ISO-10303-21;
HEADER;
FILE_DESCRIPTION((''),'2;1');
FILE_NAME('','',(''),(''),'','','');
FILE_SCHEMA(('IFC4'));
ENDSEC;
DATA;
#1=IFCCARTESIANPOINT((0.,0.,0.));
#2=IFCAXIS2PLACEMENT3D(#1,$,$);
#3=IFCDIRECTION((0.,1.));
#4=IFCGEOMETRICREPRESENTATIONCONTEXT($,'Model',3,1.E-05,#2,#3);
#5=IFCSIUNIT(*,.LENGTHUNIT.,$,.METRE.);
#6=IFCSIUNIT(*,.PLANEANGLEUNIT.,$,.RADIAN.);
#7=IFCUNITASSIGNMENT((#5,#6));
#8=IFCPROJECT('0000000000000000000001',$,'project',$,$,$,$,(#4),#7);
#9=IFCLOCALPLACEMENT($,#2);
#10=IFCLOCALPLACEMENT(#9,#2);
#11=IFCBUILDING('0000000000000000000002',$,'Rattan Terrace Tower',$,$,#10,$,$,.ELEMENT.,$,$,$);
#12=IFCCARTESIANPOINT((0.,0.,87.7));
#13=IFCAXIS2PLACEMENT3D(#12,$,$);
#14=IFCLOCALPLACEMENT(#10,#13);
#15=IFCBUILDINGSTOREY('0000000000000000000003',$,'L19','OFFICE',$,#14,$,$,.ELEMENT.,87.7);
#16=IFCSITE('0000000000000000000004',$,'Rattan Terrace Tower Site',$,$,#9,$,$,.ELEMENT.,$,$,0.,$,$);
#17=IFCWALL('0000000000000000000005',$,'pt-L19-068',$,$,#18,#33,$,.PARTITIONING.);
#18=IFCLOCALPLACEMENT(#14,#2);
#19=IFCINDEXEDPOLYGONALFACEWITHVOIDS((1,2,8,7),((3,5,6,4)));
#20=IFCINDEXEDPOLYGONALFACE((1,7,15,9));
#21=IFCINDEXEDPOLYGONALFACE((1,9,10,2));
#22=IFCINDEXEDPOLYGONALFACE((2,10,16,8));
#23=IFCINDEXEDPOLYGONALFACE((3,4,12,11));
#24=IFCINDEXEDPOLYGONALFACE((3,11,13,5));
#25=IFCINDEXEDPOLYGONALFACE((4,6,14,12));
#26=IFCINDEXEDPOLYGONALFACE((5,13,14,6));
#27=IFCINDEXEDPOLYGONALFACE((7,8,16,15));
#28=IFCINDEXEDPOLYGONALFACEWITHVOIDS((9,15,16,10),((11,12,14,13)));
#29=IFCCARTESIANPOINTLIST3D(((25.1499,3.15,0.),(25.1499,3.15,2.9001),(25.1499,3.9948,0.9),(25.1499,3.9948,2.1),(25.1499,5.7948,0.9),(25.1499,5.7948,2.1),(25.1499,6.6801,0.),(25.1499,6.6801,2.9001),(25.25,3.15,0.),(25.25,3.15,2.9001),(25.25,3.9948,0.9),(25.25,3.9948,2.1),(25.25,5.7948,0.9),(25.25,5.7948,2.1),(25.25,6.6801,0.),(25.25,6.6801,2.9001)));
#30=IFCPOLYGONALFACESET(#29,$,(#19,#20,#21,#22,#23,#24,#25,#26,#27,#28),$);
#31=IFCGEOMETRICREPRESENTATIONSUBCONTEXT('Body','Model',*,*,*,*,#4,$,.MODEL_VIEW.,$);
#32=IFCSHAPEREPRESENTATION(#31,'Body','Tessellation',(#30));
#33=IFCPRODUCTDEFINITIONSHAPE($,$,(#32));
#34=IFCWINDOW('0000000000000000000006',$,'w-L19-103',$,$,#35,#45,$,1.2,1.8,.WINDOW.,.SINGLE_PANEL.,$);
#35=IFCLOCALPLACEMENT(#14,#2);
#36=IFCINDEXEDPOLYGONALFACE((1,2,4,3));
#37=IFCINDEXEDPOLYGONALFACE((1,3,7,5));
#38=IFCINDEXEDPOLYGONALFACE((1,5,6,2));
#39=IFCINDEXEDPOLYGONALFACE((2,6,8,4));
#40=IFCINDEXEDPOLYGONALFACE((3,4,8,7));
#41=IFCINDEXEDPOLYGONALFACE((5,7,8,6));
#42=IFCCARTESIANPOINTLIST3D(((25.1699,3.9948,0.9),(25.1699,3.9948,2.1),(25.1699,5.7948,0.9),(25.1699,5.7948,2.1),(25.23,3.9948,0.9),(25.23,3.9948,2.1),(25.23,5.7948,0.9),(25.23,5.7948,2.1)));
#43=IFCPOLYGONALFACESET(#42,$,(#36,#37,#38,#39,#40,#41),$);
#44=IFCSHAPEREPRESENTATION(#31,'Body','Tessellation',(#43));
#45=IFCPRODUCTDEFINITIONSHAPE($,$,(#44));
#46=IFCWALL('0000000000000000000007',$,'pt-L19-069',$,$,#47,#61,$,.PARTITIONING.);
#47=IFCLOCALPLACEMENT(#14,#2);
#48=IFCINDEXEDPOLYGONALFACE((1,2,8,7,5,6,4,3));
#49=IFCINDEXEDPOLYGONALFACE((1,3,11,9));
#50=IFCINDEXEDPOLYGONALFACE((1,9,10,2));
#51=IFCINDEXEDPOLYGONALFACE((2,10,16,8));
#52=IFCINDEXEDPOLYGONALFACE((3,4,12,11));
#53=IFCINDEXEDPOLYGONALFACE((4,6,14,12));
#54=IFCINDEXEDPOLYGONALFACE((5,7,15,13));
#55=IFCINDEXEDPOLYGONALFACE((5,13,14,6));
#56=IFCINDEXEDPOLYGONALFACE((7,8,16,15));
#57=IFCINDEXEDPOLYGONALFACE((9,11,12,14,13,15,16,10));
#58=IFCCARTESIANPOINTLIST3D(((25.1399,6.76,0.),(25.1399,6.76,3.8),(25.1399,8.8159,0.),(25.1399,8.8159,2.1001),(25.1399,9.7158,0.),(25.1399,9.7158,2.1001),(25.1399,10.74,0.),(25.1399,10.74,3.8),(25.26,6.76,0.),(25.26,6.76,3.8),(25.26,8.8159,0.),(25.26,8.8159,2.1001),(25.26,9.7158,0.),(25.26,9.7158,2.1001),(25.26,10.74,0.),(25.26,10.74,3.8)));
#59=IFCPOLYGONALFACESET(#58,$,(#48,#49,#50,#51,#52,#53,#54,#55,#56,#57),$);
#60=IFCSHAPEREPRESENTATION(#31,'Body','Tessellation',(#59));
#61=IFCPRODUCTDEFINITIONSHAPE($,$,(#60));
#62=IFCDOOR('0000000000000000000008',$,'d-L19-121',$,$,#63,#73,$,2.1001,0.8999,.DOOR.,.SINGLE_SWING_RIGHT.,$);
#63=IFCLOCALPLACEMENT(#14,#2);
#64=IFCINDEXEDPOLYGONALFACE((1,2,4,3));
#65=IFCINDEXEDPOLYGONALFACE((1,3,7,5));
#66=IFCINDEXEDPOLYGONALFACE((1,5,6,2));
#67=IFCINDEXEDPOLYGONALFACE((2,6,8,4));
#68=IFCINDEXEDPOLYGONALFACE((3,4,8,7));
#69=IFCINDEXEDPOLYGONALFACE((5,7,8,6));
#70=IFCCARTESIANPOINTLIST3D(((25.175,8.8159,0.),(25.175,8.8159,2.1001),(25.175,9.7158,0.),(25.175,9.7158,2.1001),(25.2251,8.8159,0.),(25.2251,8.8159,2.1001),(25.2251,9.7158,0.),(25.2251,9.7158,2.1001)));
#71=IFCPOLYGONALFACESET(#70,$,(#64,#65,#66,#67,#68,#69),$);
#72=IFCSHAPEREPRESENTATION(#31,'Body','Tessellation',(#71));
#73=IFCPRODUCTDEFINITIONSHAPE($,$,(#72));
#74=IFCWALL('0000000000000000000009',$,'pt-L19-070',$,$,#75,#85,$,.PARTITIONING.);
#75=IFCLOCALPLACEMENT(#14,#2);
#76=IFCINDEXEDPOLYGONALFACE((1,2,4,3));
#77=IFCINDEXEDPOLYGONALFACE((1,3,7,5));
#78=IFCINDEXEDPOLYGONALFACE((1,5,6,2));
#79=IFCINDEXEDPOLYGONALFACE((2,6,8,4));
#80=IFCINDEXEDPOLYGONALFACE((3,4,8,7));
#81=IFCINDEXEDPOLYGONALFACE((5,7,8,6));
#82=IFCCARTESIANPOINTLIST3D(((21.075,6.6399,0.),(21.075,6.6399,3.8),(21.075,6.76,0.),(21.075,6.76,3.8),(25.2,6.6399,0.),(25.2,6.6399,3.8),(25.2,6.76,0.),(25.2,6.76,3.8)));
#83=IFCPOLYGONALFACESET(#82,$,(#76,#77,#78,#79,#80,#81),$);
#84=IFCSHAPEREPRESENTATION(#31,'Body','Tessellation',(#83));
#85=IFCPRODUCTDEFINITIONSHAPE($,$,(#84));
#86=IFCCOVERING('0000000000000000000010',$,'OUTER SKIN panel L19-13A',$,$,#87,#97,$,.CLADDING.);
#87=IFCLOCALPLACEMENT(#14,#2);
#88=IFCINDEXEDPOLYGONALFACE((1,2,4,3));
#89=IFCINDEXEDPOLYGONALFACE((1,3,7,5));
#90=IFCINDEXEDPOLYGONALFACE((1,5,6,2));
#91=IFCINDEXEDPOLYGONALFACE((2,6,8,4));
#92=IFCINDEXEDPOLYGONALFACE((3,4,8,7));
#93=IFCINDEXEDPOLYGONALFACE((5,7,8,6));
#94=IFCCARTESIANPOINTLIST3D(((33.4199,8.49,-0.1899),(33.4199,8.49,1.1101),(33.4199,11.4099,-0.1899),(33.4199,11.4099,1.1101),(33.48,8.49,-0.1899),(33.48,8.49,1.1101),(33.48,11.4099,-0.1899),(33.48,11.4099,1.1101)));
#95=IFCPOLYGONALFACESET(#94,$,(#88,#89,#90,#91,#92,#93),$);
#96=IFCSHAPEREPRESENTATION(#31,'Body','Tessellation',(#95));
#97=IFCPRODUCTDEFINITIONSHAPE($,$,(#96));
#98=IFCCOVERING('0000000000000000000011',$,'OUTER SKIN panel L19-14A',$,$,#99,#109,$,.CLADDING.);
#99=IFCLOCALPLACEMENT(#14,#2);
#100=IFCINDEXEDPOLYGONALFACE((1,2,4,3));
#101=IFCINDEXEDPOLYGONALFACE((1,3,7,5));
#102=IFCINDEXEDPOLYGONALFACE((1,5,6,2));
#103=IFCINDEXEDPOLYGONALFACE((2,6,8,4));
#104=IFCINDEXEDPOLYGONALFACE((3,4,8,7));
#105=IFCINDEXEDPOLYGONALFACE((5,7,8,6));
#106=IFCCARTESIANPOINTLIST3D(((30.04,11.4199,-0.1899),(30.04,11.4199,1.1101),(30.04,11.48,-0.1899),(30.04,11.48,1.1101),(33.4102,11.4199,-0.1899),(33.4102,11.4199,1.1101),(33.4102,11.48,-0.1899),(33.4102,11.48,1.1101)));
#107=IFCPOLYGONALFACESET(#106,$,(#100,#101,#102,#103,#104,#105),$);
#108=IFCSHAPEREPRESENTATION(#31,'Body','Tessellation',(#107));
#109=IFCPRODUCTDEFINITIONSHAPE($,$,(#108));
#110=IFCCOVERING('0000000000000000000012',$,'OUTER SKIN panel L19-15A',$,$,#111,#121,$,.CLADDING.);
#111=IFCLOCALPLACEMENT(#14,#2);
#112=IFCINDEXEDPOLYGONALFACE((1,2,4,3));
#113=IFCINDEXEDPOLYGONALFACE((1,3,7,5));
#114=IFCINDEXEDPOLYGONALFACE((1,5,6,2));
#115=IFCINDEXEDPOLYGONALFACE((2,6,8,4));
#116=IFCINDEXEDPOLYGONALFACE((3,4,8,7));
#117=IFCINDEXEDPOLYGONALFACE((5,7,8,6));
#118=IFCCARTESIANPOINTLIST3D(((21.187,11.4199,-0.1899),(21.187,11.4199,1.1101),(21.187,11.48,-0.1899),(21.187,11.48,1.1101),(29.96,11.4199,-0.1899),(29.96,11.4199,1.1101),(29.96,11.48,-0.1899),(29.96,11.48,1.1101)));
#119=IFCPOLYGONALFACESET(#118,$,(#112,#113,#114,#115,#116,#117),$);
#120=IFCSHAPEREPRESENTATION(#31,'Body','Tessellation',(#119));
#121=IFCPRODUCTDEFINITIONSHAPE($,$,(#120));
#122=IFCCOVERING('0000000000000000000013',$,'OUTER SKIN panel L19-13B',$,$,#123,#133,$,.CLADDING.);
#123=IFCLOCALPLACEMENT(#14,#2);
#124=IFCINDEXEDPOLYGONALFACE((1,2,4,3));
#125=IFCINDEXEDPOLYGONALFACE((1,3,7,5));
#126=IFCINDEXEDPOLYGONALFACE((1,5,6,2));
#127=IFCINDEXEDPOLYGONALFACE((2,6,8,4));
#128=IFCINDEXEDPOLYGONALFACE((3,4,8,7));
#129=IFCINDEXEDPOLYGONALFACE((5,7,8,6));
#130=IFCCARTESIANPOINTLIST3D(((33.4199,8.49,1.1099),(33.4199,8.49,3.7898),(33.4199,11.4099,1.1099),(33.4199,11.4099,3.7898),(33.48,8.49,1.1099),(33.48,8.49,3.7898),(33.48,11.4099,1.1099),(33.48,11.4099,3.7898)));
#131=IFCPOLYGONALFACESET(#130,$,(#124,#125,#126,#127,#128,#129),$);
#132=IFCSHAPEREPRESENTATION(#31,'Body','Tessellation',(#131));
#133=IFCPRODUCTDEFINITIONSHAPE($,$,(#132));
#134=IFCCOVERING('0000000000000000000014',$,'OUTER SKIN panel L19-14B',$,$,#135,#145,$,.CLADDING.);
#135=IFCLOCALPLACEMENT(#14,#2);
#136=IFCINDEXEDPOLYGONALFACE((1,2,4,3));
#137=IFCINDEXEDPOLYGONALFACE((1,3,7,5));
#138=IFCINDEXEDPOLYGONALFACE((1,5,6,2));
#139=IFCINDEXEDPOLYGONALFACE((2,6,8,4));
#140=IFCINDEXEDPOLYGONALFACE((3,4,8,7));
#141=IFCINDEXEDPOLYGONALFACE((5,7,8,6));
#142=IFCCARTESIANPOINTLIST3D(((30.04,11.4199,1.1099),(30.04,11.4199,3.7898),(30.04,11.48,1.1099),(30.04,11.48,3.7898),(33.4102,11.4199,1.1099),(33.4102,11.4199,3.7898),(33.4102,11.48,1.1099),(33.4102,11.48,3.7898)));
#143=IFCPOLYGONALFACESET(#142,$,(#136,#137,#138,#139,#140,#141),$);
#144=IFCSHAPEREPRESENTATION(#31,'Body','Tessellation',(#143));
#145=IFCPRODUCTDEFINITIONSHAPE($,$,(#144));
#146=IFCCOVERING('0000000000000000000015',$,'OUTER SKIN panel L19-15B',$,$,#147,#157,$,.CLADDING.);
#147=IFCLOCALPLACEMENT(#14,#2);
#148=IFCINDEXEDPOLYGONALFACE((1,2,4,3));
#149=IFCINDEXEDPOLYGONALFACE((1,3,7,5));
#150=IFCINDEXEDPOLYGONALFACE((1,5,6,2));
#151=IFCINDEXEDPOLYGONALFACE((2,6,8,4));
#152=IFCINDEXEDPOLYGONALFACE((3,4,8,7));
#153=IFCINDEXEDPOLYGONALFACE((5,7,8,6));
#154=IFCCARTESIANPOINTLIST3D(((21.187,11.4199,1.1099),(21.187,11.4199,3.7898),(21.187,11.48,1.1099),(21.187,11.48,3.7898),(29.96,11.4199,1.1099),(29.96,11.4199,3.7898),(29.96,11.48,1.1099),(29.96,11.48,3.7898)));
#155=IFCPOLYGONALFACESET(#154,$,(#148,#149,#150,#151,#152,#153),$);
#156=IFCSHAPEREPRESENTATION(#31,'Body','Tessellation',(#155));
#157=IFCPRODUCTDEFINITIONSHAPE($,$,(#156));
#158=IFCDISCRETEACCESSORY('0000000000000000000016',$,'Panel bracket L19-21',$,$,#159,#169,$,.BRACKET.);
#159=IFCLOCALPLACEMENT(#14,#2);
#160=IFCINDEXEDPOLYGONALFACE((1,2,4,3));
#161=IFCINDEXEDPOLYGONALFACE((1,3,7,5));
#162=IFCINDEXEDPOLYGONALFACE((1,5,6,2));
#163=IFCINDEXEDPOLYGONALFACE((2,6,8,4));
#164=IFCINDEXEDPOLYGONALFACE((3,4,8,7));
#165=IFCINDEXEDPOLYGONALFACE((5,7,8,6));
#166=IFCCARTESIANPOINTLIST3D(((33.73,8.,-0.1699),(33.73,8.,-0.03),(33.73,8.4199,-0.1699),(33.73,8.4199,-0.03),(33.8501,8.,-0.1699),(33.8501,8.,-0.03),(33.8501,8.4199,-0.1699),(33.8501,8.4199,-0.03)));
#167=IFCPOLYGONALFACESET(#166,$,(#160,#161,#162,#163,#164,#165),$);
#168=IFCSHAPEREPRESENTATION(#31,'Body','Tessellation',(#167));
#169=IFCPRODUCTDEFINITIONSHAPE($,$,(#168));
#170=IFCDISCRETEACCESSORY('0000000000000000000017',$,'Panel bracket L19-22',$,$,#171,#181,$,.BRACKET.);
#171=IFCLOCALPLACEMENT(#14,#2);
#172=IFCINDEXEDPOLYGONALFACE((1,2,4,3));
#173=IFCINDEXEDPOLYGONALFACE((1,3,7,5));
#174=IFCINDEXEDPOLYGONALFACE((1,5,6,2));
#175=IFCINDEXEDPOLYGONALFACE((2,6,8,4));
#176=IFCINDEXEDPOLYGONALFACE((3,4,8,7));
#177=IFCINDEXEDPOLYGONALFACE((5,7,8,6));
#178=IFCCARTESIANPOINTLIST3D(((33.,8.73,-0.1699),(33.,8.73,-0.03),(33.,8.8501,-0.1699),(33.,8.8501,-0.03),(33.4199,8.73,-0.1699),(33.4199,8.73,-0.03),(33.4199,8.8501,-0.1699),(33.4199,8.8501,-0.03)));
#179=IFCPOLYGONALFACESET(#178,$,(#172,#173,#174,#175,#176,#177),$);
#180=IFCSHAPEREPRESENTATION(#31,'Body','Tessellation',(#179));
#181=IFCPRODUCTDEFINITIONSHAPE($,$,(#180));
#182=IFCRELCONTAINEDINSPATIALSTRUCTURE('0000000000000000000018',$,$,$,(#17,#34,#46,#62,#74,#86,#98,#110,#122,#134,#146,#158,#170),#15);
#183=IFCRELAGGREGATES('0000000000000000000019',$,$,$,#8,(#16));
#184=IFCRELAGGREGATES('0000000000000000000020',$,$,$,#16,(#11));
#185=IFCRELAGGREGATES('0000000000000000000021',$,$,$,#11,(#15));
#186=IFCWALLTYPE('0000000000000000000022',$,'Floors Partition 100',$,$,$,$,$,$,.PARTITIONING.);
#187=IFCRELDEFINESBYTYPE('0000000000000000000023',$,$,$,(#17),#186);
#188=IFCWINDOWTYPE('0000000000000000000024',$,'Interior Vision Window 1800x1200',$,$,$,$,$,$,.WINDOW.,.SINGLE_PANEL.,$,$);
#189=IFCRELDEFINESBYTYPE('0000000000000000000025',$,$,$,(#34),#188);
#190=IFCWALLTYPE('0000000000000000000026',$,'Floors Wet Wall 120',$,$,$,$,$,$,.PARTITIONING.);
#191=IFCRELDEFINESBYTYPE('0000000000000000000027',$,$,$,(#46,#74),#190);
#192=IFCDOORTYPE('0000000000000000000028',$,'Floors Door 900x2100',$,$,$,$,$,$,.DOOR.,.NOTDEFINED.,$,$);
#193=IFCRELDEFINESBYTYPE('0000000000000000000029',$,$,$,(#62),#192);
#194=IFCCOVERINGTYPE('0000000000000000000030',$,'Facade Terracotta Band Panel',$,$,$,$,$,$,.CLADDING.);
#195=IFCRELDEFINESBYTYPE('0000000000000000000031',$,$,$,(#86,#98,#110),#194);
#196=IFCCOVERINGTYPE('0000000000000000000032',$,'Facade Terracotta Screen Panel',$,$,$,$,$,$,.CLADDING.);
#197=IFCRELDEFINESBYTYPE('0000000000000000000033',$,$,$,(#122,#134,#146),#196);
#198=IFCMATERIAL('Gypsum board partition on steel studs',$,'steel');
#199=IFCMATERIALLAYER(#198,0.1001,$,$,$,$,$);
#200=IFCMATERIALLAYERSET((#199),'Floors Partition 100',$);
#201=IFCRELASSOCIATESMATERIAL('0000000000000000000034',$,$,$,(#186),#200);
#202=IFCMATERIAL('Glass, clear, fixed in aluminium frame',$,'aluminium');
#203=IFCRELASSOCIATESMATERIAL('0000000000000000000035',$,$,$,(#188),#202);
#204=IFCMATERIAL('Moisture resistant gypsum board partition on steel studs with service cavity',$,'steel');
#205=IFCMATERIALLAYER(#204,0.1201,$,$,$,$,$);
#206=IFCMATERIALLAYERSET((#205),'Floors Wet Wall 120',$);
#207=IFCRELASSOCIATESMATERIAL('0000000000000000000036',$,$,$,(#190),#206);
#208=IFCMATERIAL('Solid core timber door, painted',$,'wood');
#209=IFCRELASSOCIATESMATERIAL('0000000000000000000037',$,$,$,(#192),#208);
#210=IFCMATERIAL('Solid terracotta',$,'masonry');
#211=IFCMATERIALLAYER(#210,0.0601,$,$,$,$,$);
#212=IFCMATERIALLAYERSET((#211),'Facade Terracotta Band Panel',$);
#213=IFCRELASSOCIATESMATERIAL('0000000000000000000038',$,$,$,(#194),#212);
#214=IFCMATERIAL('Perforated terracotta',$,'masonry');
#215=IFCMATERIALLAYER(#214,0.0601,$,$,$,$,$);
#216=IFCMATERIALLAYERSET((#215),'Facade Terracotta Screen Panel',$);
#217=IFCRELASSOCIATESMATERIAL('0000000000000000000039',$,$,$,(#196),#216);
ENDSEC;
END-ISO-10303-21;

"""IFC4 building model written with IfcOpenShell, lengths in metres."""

from ifc_helpers import new_model, si_unit, direction, frame, frame_2d, origin, origin_2d, place, context, subcontext, project, spatial, rectangle, extrude, material, layer, layer_set, type_object, element, fill, save


model = new_model("IFC4")

# Units and contexts
model_context = context("Model", 3, precision=1e-05, world=origin(), true_north=direction((0.0, 1.0)))
body_context = subcontext(model_context, "Body", "Model", "MODEL_VIEW")
ifc_project = project(units=[si_unit("LENGTHUNIT", "METRE"), si_unit("PLANEANGLEUNIT", "RADIAN")], contexts=[model_context])

# Site, building, storey
site_placement = place(None, origin())
site = spatial("IfcSite", under=ifc_project, at=site_placement, Name="Rattan Terrace Tower Site", CompositionType="ELEMENT", RefElevation=0.0)
building_placement = place(site_placement, origin())
building = spatial("IfcBuilding", under=site, at=building_placement, Name="Rattan Terrace Tower", CompositionType="ELEMENT")
storey_placement = place(building_placement, frame((0.0, 0.0, 87.7)))
storey = spatial("IfcBuildingStorey", under=building, at=storey_placement, Name="L19", Description="OFFICE", CompositionType="ELEMENT", Elevation=87.7)

# Shared definitions
ifc_material_1 = material(Name="Gypsum board partition on steel studs", Category="steel")
ifc_layer_1 = layer(ifc_material_1, 0.1001)
ifc_layer_set_1 = layer_set([ifc_layer_1], Name="Floors Partition 100")
wall_type_1 = type_object("IfcWallType", Name="Floors Partition 100", PredefinedType="PARTITIONING", material=ifc_layer_set_1)

# Wall, opening, window
wall_1_placement = place(storey_placement, frame((25.2, 3.1499, 0.0), z_axis=(0.0, 0.0, 1.0), x_axis=(0.0, 1.0, 0.0)))
wall_1 = element("IfcWall", 1, at=wall_1_placement, inside=storey, type_object=wall_type_1, Name="pt-L19-068", PredefinedType="PARTITIONING", context=body_context, shape_type="SweptSolid", body=[
    extrude(rectangle(XDim=3.53, YDim=0.1001, at=frame_2d((1.7651, 0.0))), origin(), (0.0, 0.0, 1.0), 2.9001),
])
opening_1_placement = place(wall_1_placement, frame((0.845, 0.0, 0.8999)))
opening_1 = element("IfcOpeningElement", 2, at=opening_1_placement, cuts=wall_1, PredefinedType="OPENING", context=body_context, shape_type="SweptSolid", body=[
    extrude(rectangle(XDim=1.8, YDim=1.2, at=frame_2d((0.8999, 0.6001))), frame((0.0, 0.0605, 0.0), z_axis=(0.0, -1.0, 0.0), x_axis=(1.0, 0.0, 0.0)), (0.0, 0.0, 1.0), 0.1211),
])
ifc_material_2 = material(Name="Glass, clear, fixed in aluminium frame", Category="aluminium")
window_type = type_object("IfcWindowType", Name="Interior Vision Window 1800x1200", PartitioningType="SINGLE_PANEL", PredefinedType="WINDOW", material=ifc_material_2)
window_placement = place(opening_1_placement, origin())
window = element("IfcWindow", 3, at=window_placement, inside=storey, type_object=window_type, Name="w-L19-103", OverallHeight=1.2, OverallWidth=1.8, PartitioningType="SINGLE_PANEL", PredefinedType="WINDOW", context=body_context, shape_type="SweptSolid", body=[
    extrude(rectangle(XDim=1.8, YDim=1.2, at=frame_2d((0.8999, 0.6001))), frame((0.0, 0.03, 0.0), z_axis=(0.0, -1.0, 0.0), x_axis=(1.0, 0.0, 0.0)), (0.0, 0.0, 1.0), 0.0601),
])
fill(opening_1, window)

# Wall, opening, door
ifc_material_3 = material(Name="Moisture resistant gypsum board partition on steel studs with service cavity", Category="steel")
ifc_layer_2 = layer(ifc_material_3, 0.1201)
ifc_layer_set_2 = layer_set([ifc_layer_2], Name="Floors Wet Wall 120")
wall_type_2 = type_object("IfcWallType", Name="Floors Wet Wall 120", PredefinedType="PARTITIONING", material=ifc_layer_set_2)
wall_2_placement = place(storey_placement, frame((25.2, 6.76, 0.0), z_axis=(0.0, 0.0, 1.0), x_axis=(0.0, 1.0, 0.0)))
wall_2 = element("IfcWall", 4, at=wall_2_placement, inside=storey, type_object=wall_type_2, Name="pt-L19-069", PredefinedType="PARTITIONING", context=body_context, shape_type="SweptSolid", body=[
    extrude(rectangle(XDim=3.98, YDim=0.1201, at=frame_2d((1.99, 0.0))), origin(), (0.0, 0.0, 1.0), 3.8),
])
opening_2_placement = place(wall_2_placement, frame((2.0559, 0.0, 0.0)))
opening_2 = element("IfcOpeningElement", 5, at=opening_2_placement, cuts=wall_2, PredefinedType="OPENING", context=body_context, shape_type="SweptSolid", body=[
    extrude(rectangle(XDim=0.8999, YDim=2.1001, at=frame_2d((0.45, 1.05))), frame((0.0, 0.0706, 0.0), z_axis=(0.0, -1.0, 0.0), x_axis=(1.0, 0.0, 0.0)), (0.0, 0.0, 1.0), 0.1411),
])
ifc_material_4 = material(Name="Solid core timber door, painted", Category="wood")
door_type = type_object("IfcDoorType", Name="Floors Door 900x2100", OperationType="NOTDEFINED", PredefinedType="DOOR", material=ifc_material_4)
door_placement = place(opening_2_placement, origin())
door = element("IfcDoor", 6, at=door_placement, inside=storey, type_object=door_type, Name="d-L19-121", OperationType="SINGLE_SWING_RIGHT", OverallHeight=2.1001, OverallWidth=0.8999, PredefinedType="DOOR", context=body_context, shape_type="SweptSolid", body=[
    extrude(rectangle(XDim=0.8999, YDim=2.1001, at=frame_2d((0.45, 1.05))), frame((0.0, 0.0249, 0.0), z_axis=(0.0, -1.0, 0.0), x_axis=(1.0, 0.0, 0.0)), (0.0, 0.0, 1.0), 0.05),
])
fill(opening_2, door)

# Wall
wall_3_placement = place(storey_placement, frame((21.075, 6.7, 0.0), z_axis=(0.0, 0.0, 1.0), x_axis=(1.0, 0.0, 0.0)))
element("IfcWall", 7, at=wall_3_placement, inside=storey, type_object=wall_type_2, Name="pt-L19-070", PredefinedType="PARTITIONING", context=body_context, shape_type="SweptSolid", body=[
    extrude(rectangle(XDim=4.125, YDim=0.1201, at=frame_2d((2.0625, 0.0))), origin(), (0.0, 0.0, 1.0), 3.8),
])

# Coverings
ifc_material_5 = material(Name="Solid terracotta", Category="masonry")
ifc_layer_3 = layer(ifc_material_5, 0.0601)
ifc_layer_set_3 = layer_set([ifc_layer_3], Name="Facade Terracotta Band Panel")
covering_type_1 = type_object("IfcCoveringType", Name="Facade Terracotta Band Panel", PredefinedType="CLADDING", material=ifc_layer_set_3)
covering_1_placement = place(storey_placement, frame((33.45, 9.95, -0.1899), z_axis=(0.0, 0.0, 1.0), x_axis=(0.0, 1.0, 0.0)))
element("IfcCovering", 8, at=covering_1_placement, inside=storey, type_object=covering_type_1, Name="OUTER SKIN panel L19-13A", PredefinedType="CLADDING", context=body_context, shape_type="SweptSolid", body=[
    extrude(rectangle(XDim=2.9199, YDim=0.0601, at=origin_2d()), origin(), (0.0, 0.0, 1.0), 1.3),
])
covering_2_placement = place(storey_placement, frame((31.7251, 11.45, -0.1899), z_axis=(0.0, 0.0, 1.0), x_axis=(-1.0, 0.0, 0.0)))
element("IfcCovering", 9, at=covering_2_placement, inside=storey, type_object=covering_type_1, Name="OUTER SKIN panel L19-14A", PredefinedType="CLADDING", context=body_context, shape_type="SweptSolid", body=[
    extrude(rectangle(XDim=3.3701, YDim=0.0601, at=origin_2d()), origin(), (0.0, 0.0, 1.0), 1.3),
])
covering_3_placement = place(storey_placement, frame((25.5735, 11.45, -0.1899), z_axis=(0.0, 0.0, 1.0), x_axis=(-1.0, 0.0, 0.0)))
element("IfcCovering", 10, at=covering_3_placement, inside=storey, type_object=covering_type_1, Name="OUTER SKIN panel L19-15A", PredefinedType="CLADDING", context=body_context, shape_type="SweptSolid", body=[
    extrude(rectangle(XDim=8.7729, YDim=0.0601, at=origin_2d()), origin(), (0.0, 0.0, 1.0), 1.3),
])
ifc_material_6 = material(Name="Perforated terracotta", Category="masonry")
ifc_layer_4 = layer(ifc_material_6, 0.0601)
ifc_layer_set_4 = layer_set([ifc_layer_4], Name="Facade Terracotta Screen Panel")
covering_type_2 = type_object("IfcCoveringType", Name="Facade Terracotta Screen Panel", PredefinedType="CLADDING", material=ifc_layer_set_4)
covering_4_placement = place(storey_placement, frame((33.45, 9.95, 1.1099), z_axis=(0.0, 0.0, 1.0), x_axis=(0.0, 1.0, 0.0)))
element("IfcCovering", 11, at=covering_4_placement, inside=storey, type_object=covering_type_2, Name="OUTER SKIN panel L19-13B", PredefinedType="CLADDING", context=body_context, shape_type="SweptSolid", body=[
    extrude(rectangle(XDim=2.9199, YDim=0.0601, at=origin_2d()), origin(), (0.0, 0.0, 1.0), 2.6799),
])
covering_5_placement = place(storey_placement, frame((31.7251, 11.45, 1.1099), z_axis=(0.0, 0.0, 1.0), x_axis=(-1.0, 0.0, 0.0)))
element("IfcCovering", 12, at=covering_5_placement, inside=storey, type_object=covering_type_2, Name="OUTER SKIN panel L19-14B", PredefinedType="CLADDING", context=body_context, shape_type="SweptSolid", body=[
    extrude(rectangle(XDim=3.3701, YDim=0.0601, at=origin_2d()), origin(), (0.0, 0.0, 1.0), 2.6799),
])
covering_6_placement = place(storey_placement, frame((25.5735, 11.45, 1.1099), z_axis=(0.0, 0.0, 1.0), x_axis=(-1.0, 0.0, 0.0)))
element("IfcCovering", 13, at=covering_6_placement, inside=storey, type_object=covering_type_2, Name="OUTER SKIN panel L19-15B", PredefinedType="CLADDING", context=body_context, shape_type="SweptSolid", body=[
    extrude(rectangle(XDim=8.7729, YDim=0.0601, at=origin_2d()), origin(), (0.0, 0.0, 1.0), 2.6799),
])

# Discrete accessories
for number, where, z_axis, x_axis, name in (
    (14, (33.79, 8.21, -0.1699), (0.0, 0.0, 1.0), (-1.0, 0.0, 0.0), "Panel bracket L19-21"),
    (15, (33.21, 8.79, -0.1699), (0.0, 0.0, 1.0), (0.0, 1.0, 0.0), "Panel bracket L19-22"),
):
    element("IfcDiscreteAccessory", number, at=place(storey_placement, frame(where, z_axis=z_axis, x_axis=x_axis)), inside=storey, Name=name, PredefinedType="BRACKET", context=body_context, shape_type="SweptSolid", body=[
        extrude(rectangle(XDim=0.1201, YDim=0.4199, at=origin_2d()), origin(), (0.0, 0.0, 1.0), 0.1399),
    ])

save(model, "model.ifc")
